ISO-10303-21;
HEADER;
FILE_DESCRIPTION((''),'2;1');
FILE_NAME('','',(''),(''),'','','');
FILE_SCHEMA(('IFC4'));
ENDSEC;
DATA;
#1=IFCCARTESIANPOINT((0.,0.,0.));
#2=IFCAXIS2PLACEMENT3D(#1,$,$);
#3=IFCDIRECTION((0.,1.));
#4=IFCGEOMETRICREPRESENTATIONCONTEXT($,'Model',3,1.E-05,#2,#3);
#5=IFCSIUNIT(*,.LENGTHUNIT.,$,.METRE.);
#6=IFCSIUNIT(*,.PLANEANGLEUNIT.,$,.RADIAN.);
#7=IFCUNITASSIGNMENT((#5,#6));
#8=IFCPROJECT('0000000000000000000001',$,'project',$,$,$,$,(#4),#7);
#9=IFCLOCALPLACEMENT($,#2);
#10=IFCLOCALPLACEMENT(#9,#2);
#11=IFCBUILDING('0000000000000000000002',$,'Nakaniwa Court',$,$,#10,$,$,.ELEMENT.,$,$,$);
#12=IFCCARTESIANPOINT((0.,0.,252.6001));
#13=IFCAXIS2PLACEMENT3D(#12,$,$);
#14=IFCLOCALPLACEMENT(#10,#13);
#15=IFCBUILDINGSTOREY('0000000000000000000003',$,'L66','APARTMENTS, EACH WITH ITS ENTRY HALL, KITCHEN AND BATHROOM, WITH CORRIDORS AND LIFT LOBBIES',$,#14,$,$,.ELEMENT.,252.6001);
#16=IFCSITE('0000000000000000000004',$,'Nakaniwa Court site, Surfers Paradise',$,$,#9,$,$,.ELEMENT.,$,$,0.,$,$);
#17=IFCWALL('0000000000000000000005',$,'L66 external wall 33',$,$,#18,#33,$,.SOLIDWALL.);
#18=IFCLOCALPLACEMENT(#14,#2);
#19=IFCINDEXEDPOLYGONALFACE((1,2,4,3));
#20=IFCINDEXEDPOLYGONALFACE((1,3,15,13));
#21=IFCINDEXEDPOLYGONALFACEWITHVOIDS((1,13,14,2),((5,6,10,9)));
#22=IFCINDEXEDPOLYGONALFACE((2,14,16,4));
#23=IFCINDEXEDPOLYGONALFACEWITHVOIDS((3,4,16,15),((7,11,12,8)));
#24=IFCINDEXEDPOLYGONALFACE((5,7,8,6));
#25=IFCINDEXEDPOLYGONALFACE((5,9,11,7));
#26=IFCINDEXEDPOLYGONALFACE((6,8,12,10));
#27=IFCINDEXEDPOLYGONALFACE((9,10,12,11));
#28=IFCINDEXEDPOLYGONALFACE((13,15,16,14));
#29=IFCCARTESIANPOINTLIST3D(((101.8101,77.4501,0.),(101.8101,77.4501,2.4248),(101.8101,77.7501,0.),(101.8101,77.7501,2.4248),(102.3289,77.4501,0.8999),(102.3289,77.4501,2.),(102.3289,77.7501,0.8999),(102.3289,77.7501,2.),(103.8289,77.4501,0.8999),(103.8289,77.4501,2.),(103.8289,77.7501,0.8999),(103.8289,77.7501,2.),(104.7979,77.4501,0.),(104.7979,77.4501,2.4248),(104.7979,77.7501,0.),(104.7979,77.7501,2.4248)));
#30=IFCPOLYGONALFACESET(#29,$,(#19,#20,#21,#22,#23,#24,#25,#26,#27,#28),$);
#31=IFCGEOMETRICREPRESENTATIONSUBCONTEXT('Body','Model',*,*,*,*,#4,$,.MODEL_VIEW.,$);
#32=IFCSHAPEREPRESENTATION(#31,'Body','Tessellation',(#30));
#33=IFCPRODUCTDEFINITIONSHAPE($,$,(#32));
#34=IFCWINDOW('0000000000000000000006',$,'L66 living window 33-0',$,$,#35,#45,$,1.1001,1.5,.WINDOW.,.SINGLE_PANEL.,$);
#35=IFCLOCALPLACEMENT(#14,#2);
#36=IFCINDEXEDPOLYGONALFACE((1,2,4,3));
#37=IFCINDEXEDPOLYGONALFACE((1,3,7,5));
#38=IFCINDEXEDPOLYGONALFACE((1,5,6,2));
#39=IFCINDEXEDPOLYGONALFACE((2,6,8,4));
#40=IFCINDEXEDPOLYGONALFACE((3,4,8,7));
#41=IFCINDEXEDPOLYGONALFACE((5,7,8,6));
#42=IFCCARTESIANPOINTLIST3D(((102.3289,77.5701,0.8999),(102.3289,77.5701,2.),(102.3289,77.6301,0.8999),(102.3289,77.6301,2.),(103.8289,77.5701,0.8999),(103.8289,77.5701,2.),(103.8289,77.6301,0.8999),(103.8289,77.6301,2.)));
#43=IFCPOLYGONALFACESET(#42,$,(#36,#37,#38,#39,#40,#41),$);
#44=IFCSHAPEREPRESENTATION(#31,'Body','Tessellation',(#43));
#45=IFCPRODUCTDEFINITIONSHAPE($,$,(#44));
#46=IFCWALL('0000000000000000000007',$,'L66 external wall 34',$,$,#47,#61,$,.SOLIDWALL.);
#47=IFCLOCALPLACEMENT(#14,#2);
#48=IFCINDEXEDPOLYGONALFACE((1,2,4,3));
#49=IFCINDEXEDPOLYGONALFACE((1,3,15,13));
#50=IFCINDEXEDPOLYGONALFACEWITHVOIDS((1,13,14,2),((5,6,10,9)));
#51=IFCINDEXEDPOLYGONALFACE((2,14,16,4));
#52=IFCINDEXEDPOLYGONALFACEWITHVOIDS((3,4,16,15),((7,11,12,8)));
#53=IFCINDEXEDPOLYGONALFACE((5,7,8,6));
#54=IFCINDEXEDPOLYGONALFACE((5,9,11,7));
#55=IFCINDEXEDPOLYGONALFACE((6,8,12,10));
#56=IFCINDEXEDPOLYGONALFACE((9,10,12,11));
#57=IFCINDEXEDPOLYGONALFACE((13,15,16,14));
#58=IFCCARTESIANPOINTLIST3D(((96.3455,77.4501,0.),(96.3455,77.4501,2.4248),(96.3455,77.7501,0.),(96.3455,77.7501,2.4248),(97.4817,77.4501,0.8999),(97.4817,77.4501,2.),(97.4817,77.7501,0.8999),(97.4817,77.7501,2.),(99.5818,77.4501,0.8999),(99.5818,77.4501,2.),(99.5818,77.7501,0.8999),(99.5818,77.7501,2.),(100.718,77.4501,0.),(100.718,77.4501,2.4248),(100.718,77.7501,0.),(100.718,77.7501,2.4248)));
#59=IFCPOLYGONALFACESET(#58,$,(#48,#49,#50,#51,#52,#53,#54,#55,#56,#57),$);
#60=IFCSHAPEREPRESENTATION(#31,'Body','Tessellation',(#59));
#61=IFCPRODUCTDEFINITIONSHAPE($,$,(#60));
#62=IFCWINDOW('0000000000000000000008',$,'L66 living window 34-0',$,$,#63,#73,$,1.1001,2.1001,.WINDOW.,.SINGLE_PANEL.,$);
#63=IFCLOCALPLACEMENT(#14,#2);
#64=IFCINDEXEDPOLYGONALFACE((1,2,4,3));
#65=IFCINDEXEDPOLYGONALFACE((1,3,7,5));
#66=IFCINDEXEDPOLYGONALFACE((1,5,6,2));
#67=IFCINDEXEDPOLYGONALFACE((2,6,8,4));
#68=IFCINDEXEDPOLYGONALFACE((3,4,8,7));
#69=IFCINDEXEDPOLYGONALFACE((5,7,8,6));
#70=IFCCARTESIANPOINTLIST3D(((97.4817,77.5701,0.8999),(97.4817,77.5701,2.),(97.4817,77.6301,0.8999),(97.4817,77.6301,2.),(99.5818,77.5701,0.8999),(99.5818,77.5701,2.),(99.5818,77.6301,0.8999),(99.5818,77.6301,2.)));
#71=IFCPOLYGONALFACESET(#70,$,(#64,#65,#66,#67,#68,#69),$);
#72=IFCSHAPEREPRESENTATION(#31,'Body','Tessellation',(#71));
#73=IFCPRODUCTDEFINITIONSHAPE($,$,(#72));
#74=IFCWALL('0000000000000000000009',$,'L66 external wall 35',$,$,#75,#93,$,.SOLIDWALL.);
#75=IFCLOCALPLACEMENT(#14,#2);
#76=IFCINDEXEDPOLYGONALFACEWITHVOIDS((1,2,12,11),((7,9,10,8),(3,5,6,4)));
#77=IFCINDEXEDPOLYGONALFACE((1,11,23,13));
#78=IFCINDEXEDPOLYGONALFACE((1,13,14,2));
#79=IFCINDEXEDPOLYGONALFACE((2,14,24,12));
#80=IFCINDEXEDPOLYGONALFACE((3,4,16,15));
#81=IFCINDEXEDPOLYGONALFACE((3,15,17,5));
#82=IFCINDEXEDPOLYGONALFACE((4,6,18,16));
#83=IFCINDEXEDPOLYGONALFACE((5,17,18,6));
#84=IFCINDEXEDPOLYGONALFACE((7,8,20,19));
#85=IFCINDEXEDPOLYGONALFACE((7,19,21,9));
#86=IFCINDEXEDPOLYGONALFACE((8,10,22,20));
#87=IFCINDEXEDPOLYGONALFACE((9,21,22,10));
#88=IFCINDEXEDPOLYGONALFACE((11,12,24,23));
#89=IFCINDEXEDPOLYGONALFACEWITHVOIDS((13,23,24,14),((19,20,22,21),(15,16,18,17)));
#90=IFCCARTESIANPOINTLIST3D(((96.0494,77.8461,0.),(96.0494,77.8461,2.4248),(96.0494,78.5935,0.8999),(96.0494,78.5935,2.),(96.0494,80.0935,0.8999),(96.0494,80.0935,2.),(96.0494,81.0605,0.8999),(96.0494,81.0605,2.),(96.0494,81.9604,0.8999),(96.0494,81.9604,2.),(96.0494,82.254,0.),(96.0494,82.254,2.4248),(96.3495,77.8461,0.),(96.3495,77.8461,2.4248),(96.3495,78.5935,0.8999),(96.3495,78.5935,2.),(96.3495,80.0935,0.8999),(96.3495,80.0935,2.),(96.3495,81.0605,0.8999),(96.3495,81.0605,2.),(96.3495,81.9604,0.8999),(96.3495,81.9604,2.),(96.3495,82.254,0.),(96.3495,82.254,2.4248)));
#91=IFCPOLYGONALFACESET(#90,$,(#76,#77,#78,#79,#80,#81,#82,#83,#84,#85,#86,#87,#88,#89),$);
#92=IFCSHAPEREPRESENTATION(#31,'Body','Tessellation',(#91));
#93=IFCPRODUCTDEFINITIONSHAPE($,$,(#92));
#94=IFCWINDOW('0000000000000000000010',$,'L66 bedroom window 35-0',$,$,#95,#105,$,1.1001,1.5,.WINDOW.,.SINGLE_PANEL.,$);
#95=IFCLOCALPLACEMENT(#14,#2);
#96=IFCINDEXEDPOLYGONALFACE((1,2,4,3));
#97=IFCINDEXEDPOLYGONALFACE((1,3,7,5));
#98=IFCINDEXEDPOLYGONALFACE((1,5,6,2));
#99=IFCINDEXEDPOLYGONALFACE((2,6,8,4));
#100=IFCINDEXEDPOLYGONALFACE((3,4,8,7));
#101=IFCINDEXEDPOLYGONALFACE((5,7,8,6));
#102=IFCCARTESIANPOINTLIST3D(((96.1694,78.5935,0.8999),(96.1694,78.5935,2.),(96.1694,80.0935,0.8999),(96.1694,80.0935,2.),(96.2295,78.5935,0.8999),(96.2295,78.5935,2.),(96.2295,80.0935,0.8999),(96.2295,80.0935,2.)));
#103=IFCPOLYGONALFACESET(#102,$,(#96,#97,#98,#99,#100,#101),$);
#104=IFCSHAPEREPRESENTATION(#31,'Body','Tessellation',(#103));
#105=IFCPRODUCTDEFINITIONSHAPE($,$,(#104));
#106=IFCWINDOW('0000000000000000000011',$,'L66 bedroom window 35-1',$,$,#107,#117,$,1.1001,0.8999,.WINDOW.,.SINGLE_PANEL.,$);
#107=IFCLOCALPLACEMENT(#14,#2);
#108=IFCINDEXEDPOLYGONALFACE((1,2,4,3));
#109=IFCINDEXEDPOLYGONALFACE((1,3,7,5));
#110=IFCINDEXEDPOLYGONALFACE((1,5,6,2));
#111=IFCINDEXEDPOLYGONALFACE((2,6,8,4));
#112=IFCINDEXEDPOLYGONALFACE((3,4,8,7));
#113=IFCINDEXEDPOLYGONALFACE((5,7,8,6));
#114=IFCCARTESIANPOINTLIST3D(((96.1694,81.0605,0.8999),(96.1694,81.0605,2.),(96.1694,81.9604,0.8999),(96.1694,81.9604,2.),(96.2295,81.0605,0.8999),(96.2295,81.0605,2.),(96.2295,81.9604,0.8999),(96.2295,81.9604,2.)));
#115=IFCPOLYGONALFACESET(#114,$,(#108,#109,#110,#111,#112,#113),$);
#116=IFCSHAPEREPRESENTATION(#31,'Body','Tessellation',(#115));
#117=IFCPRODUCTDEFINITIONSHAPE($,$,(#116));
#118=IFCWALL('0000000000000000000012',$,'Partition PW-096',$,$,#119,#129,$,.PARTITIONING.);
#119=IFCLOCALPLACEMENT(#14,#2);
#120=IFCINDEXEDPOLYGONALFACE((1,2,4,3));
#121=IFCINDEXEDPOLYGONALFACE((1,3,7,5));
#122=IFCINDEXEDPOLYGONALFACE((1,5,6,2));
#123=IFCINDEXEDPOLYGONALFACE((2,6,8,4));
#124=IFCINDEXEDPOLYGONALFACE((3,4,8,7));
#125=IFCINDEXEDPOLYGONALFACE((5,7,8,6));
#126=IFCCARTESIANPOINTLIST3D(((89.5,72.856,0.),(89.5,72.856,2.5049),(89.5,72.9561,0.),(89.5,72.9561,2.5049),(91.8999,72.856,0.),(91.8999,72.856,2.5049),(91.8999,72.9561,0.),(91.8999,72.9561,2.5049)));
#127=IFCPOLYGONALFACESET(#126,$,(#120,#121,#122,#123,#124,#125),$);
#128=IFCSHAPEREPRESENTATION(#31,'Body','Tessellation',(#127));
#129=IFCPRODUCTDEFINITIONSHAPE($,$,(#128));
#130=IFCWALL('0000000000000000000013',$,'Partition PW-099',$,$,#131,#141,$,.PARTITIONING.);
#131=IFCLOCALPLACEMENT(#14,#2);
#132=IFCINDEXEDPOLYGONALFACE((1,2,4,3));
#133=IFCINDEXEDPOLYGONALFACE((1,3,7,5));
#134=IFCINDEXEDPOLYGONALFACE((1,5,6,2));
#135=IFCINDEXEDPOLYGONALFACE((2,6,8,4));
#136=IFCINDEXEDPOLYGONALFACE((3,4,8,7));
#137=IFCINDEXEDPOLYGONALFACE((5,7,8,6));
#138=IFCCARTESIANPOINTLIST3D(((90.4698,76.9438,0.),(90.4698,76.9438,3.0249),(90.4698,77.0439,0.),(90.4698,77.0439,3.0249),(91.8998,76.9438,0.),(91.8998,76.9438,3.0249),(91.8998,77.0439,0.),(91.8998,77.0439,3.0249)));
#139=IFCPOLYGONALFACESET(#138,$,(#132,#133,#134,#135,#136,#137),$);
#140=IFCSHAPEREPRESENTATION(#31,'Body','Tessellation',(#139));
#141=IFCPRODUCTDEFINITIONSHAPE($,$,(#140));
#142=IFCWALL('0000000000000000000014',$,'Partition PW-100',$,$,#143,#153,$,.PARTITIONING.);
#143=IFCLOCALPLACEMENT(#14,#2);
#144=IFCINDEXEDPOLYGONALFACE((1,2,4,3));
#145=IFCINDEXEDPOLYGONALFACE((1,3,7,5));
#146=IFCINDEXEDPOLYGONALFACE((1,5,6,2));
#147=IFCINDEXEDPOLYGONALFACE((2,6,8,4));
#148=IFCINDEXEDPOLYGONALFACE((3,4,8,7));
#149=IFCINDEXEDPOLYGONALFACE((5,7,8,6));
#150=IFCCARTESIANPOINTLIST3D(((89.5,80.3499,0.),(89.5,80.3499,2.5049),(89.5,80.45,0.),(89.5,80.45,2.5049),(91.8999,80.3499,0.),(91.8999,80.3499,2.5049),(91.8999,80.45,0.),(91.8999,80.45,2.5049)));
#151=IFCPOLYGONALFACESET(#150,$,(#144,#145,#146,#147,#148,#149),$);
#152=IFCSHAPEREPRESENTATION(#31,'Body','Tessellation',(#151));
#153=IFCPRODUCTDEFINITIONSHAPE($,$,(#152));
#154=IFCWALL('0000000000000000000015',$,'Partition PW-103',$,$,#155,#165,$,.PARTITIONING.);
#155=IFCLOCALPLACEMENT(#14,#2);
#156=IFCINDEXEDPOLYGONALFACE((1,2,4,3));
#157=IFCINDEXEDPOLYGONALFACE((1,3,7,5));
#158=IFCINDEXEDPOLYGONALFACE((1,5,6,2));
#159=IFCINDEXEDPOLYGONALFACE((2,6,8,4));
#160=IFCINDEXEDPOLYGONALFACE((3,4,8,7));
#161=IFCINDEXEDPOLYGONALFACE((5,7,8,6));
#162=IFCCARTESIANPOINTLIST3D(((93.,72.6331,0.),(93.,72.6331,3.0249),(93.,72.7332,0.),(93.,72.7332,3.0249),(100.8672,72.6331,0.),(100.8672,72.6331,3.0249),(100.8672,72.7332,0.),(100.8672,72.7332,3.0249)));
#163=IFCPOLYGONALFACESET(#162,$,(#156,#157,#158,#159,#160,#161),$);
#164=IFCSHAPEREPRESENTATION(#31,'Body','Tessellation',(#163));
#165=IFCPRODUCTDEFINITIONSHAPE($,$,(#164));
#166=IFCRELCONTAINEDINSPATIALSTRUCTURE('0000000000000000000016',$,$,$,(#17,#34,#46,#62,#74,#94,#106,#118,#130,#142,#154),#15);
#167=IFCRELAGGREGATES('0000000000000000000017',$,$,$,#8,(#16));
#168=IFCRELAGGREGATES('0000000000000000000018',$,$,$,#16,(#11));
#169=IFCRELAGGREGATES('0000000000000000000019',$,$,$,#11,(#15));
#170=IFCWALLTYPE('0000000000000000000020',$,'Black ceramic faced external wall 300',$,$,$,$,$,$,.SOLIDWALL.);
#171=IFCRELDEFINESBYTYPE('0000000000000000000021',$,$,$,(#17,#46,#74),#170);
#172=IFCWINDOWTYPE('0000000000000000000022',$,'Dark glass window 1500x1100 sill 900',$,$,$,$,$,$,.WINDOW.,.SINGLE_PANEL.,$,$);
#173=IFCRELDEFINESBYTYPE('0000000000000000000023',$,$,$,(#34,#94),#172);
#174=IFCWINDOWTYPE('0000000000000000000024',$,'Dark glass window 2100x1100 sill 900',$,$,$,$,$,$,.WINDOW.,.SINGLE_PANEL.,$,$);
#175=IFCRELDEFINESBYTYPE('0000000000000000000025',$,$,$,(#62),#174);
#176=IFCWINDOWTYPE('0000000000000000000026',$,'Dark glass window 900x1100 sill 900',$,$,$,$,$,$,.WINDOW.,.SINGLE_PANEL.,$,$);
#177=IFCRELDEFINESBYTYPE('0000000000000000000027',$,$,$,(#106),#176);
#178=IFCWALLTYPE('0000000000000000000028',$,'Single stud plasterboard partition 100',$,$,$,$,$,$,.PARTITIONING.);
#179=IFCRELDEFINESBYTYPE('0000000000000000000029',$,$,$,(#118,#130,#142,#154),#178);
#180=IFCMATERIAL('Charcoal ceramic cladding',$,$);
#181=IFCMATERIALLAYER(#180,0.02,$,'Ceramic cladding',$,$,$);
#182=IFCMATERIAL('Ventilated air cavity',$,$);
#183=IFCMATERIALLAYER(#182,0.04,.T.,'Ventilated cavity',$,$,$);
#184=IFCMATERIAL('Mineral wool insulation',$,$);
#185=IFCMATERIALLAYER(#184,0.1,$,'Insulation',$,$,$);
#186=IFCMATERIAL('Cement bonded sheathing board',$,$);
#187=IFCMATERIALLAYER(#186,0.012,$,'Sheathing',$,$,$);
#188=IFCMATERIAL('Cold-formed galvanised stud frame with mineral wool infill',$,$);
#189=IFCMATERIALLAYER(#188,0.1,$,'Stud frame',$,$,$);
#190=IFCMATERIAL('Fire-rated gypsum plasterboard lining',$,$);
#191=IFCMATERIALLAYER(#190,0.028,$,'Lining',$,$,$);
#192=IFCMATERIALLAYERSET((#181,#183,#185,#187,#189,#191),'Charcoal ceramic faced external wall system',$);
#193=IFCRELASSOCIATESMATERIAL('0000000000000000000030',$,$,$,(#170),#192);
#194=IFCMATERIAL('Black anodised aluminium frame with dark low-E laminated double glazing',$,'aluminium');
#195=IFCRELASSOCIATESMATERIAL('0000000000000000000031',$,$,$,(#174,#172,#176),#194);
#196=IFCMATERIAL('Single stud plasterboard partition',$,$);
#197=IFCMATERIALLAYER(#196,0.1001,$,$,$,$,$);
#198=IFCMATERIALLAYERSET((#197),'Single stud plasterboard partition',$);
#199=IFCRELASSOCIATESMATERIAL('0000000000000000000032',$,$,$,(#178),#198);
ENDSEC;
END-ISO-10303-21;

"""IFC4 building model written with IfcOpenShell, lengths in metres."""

from ifc_helpers import new_model, si_unit, direction, frame, frame_2d, origin, place, context, subcontext, project, spatial, rectangle, extrude, material, layer, layer_set, type_object, element, fill, save


model = new_model("IFC4")

# Units and contexts
model_context = context("Model", 3, precision=1e-05, world=origin(), true_north=direction((0.0, 1.0)))
body_context = subcontext(model_context, "Body", "Model", "MODEL_VIEW")
ifc_project = project(units=[si_unit("LENGTHUNIT", "METRE"), si_unit("PLANEANGLEUNIT", "RADIAN")], contexts=[model_context])

# Site, building, storey
site_placement = place(None, origin())
site = spatial("IfcSite", under=ifc_project, at=site_placement, Name="Nakaniwa Court site, Surfers Paradise", CompositionType="ELEMENT", RefElevation=0.0)
building_placement = place(site_placement, origin())
building = spatial("IfcBuilding", under=site, at=building_placement, Name="Nakaniwa Court", CompositionType="ELEMENT")
storey_placement = place(building_placement, frame((0.0, 0.0, 252.6001)))
storey = spatial("IfcBuildingStorey", under=building, at=storey_placement, Name="L66", Description="APARTMENTS, EACH WITH ITS ENTRY HALL, KITCHEN AND BATHROOM, WITH CORRIDORS AND LIFT LOBBIES", CompositionType="ELEMENT", Elevation=252.6001)

# Walls, openings, windows
ifc_material_1 = material(Name="Charcoal ceramic cladding")
ifc_layer_1 = layer(ifc_material_1, 0.02, Name="Ceramic cladding")
ifc_material_2 = material(Name="Ventilated air cavity")
ifc_layer_2 = layer(ifc_material_2, 0.04, ventilated=True, Name="Ventilated cavity")
ifc_material_3 = material(Name="Mineral wool insulation")
ifc_layer_3 = layer(ifc_material_3, 0.1, Name="Insulation")
ifc_material_4 = material(Name="Cement bonded sheathing board")
ifc_layer_4 = layer(ifc_material_4, 0.012, Name="Sheathing")
ifc_material_5 = material(Name="Cold-formed galvanised stud frame with mineral wool infill")
ifc_layer_5 = layer(ifc_material_5, 0.1, Name="Stud frame")
ifc_material_6 = material(Name="Fire-rated gypsum plasterboard lining")
ifc_layer_6 = layer(ifc_material_6, 0.028, Name="Lining")
ifc_layer_set_1 = layer_set([ifc_layer_1, ifc_layer_2, ifc_layer_3, ifc_layer_4, ifc_layer_5, ifc_layer_6], Name="Charcoal ceramic faced external wall system")
wall_type_1 = type_object("IfcWallType", Name="Black ceramic faced external wall 300", PredefinedType="SOLIDWALL", material=ifc_layer_set_1)
ifc_material_7 = material(Name="Black anodised aluminium frame with dark low-E laminated double glazing", Category="aluminium")
window_type_1 = type_object("IfcWindowType", Name="Dark glass window 2100x1100 sill 900", PartitioningType="SINGLE_PANEL", PredefinedType="WINDOW", material=ifc_material_7)
wall_1_placement = place(storey_placement, frame((104.7979, 77.6001, 0.0), z_axis=(0.0, 0.0, 1.0), x_axis=(-1.0, 0.0, 0.0)))
wall_1 = element("IfcWall", 1, at=wall_1_placement, inside=storey, type_object=wall_type_1, Name="L66 external wall 33", PredefinedType="SOLIDWALL", context=body_context, shape_type="SweptSolid", body=[
    extrude(rectangle(XDim=2.9878, YDim=0.3, at=frame_2d((1.4939, 0.0))), origin(), (0.0, 0.0, 1.0), 2.4248),
])
opening_1_placement = place(wall_1_placement, frame((0.969, 0.0, 0.8999)))
opening_1 = element("IfcOpeningElement", 2, at=opening_1_placement, cuts=wall_1, PredefinedType="OPENING", context=body_context, shape_type="SweptSolid", body=[
    extrude(rectangle(XDim=1.5, YDim=1.1001, at=frame_2d((0.75, 0.55))), frame((0.0, 0.1599, 0.0), z_axis=(0.0, -1.0, 0.0), x_axis=(1.0, 0.0, 0.0)), (0.0, 0.0, 1.0), 0.3201),
])
window_type_2 = type_object("IfcWindowType", Name="Dark glass window 1500x1100 sill 900", PartitioningType="SINGLE_PANEL", PredefinedType="WINDOW", material=ifc_material_7)
window_1_placement = place(opening_1_placement, origin())
window_1 = element("IfcWindow", 3, at=window_1_placement, inside=storey, type_object=window_type_2, Name="L66 living window 33-0", OverallHeight=1.1001, OverallWidth=1.5, PartitioningType="SINGLE_PANEL", PredefinedType="WINDOW", context=body_context, shape_type="SweptSolid", body=[
    extrude(rectangle(XDim=1.5, YDim=1.1001, at=frame_2d((0.75, 0.55))), frame((0.0, 0.03, 0.0), z_axis=(0.0, -1.0, 0.0), x_axis=(1.0, 0.0, 0.0)), (0.0, 0.0, 1.0), 0.0601),
])
fill(opening_1, window_1)
wall_2_placement = place(storey_placement, frame((100.718, 77.6001, 0.0), z_axis=(0.0, 0.0, 1.0), x_axis=(-1.0, 0.0, 0.0)))
wall_2 = element("IfcWall", 4, at=wall_2_placement, inside=storey, type_object=wall_type_1, Name="L66 external wall 34", PredefinedType="SOLIDWALL", context=body_context, shape_type="SweptSolid", body=[
    extrude(rectangle(XDim=4.3726, YDim=0.3, at=frame_2d((2.1863, 0.0))), origin(), (0.0, 0.0, 1.0), 2.4248),
])
opening_2_placement = place(wall_2_placement, frame((1.1362, 0.0, 0.8999)))
opening_2 = element("IfcOpeningElement", 5, at=opening_2_placement, cuts=wall_2, PredefinedType="OPENING", context=body_context, shape_type="SweptSolid", body=[
    extrude(rectangle(XDim=2.1001, YDim=1.1001, at=frame_2d((1.05, 0.55))), frame((0.0, 0.1599, 0.0), z_axis=(0.0, -1.0, 0.0), x_axis=(1.0, 0.0, 0.0)), (0.0, 0.0, 1.0), 0.3201),
])
window_2_placement = place(opening_2_placement, origin())
window_2 = element("IfcWindow", 6, at=window_2_placement, inside=storey, type_object=window_type_1, Name="L66 living window 34-0", OverallHeight=1.1001, OverallWidth=2.1001, PartitioningType="SINGLE_PANEL", PredefinedType="WINDOW", context=body_context, shape_type="SweptSolid", body=[
    extrude(rectangle(XDim=2.1001, YDim=1.1001, at=frame_2d((1.05, 0.55))), frame((0.0, 0.03, 0.0), z_axis=(0.0, -1.0, 0.0), x_axis=(1.0, 0.0, 0.0)), (0.0, 0.0, 1.0), 0.0601),
])
fill(opening_2, window_2)

# Wall, openings, windows
wall_3_placement = place(storey_placement, frame((96.1995, 77.8459, 0.0), z_axis=(0.0, 0.0, 1.0), x_axis=(0.0, 1.0, 0.0)))
wall_3 = element("IfcWall", 7, at=wall_3_placement, inside=storey, type_object=wall_type_1, Name="L66 external wall 35", PredefinedType="SOLIDWALL", context=body_context, shape_type="SweptSolid", body=[
    extrude(rectangle(XDim=4.408, YDim=0.3, at=frame_2d((2.2041, 0.0))), origin(), (0.0, 0.0, 1.0), 2.4248),
])
opening_3_placement = place(wall_3_placement, frame((0.7476, 0.0, 0.8999)))
opening_3 = element("IfcOpeningElement", 8, at=opening_3_placement, cuts=wall_3, PredefinedType="OPENING", context=body_context, shape_type="SweptSolid", body=[
    extrude(rectangle(XDim=1.5, YDim=1.1001, at=frame_2d((0.75, 0.55))), frame((0.0, 0.1599, 0.0), z_axis=(0.0, -1.0, 0.0), x_axis=(1.0, 0.0, 0.0)), (0.0, 0.0, 1.0), 0.3201),
])
opening_4_placement = place(wall_3_placement, frame((3.2146, 0.0, 0.8999)))
opening_4 = element("IfcOpeningElement", 9, at=opening_4_placement, cuts=wall_3, PredefinedType="OPENING", context=body_context, shape_type="SweptSolid", body=[
    extrude(rectangle(XDim=0.8999, YDim=1.1001, at=frame_2d((0.45, 0.55))), frame((0.0, 0.1599, 0.0), z_axis=(0.0, -1.0, 0.0), x_axis=(1.0, 0.0, 0.0)), (0.0, 0.0, 1.0), 0.3201),
])
window_3_placement = place(opening_3_placement, origin())
window_3 = element("IfcWindow", 10, at=window_3_placement, inside=storey, type_object=window_type_2, Name="L66 bedroom window 35-0", OverallHeight=1.1001, OverallWidth=1.5, PartitioningType="SINGLE_PANEL", PredefinedType="WINDOW", context=body_context, shape_type="SweptSolid", body=[
    extrude(rectangle(XDim=1.5, YDim=1.1001, at=frame_2d((0.75, 0.55))), frame((0.0, 0.03, 0.0), z_axis=(0.0, -1.0, 0.0), x_axis=(1.0, 0.0, 0.0)), (0.0, 0.0, 1.0), 0.0601),
])
fill(opening_3, window_3)
window_type_3 = type_object("IfcWindowType", Name="Dark glass window 900x1100 sill 900", PartitioningType="SINGLE_PANEL", PredefinedType="WINDOW", material=ifc_material_7)
window_4_placement = place(opening_4_placement, origin())
window_4 = element("IfcWindow", 11, at=window_4_placement, inside=storey, type_object=window_type_3, Name="L66 bedroom window 35-1", OverallHeight=1.1001, OverallWidth=0.8999, PartitioningType="SINGLE_PANEL", PredefinedType="WINDOW", context=body_context, shape_type="SweptSolid", body=[
    extrude(rectangle(XDim=0.8999, YDim=1.1001, at=frame_2d((0.45, 0.55))), frame((0.0, 0.03, 0.0), z_axis=(0.0, -1.0, 0.0), x_axis=(1.0, 0.0, 0.0)), (0.0, 0.0, 1.0), 0.0601),
])
fill(opening_4, window_4)

# Walls
ifc_material_8 = material(Name="Single stud plasterboard partition")
ifc_layer_7 = layer(ifc_material_8, 0.1001)
ifc_layer_set_2 = layer_set([ifc_layer_7], Name="Single stud plasterboard partition")
wall_type_2 = type_object("IfcWallType", Name="Single stud plasterboard partition 100", PredefinedType="PARTITIONING", material=ifc_layer_set_2)
wall_4_placement = place(storey_placement, frame((89.5, 72.906, 0.0), z_axis=(0.0, 0.0, 1.0), x_axis=(1.0, 0.0, 0.0)))
element("IfcWall", 12, at=wall_4_placement, inside=storey, type_object=wall_type_2, Name="Partition PW-096", PredefinedType="PARTITIONING", context=body_context, shape_type="SweptSolid", body=[
    extrude(rectangle(XDim=2.3999, YDim=0.1001, at=frame_2d((1.2, 0.0))), origin(), (0.0, 0.0, 1.0), 2.5049),
])
wall_5_placement = place(storey_placement, frame((90.47, 76.9939, 0.0), z_axis=(0.0, 0.0, 1.0), x_axis=(1.0, 0.0, 0.0)))
element("IfcWall", 13, at=wall_5_placement, inside=storey, type_object=wall_type_2, Name="Partition PW-099", PredefinedType="PARTITIONING", context=body_context, shape_type="SweptSolid", body=[
    extrude(rectangle(XDim=1.4299, YDim=0.1001, at=frame_2d((0.7148, 0.0))), origin(), (0.0, 0.0, 1.0), 3.0249),
])
wall_6_placement = place(storey_placement, frame((89.5, 80.3999, 0.0), z_axis=(0.0, 0.0, 1.0), x_axis=(1.0, 0.0, 0.0)))
element("IfcWall", 14, at=wall_6_placement, inside=storey, type_object=wall_type_2, Name="Partition PW-100", PredefinedType="PARTITIONING", context=body_context, shape_type="SweptSolid", body=[
    extrude(rectangle(XDim=2.3999, YDim=0.1001, at=frame_2d((1.2, 0.0))), origin(), (0.0, 0.0, 1.0), 2.5049),
])
wall_7_placement = place(storey_placement, frame((93.0, 72.6831, 0.0), z_axis=(0.0, 0.0, 1.0), x_axis=(1.0, 0.0, 0.0)))
element("IfcWall", 15, at=wall_7_placement, inside=storey, type_object=wall_type_2, Name="Partition PW-103", PredefinedType="PARTITIONING", context=body_context, shape_type="SweptSolid", body=[
    extrude(rectangle(XDim=7.8672, YDim=0.1001, at=frame_2d((3.9336, 0.0))), origin(), (0.0, 0.0, 1.0), 3.0249),
])

save(model, "model.ifc")
